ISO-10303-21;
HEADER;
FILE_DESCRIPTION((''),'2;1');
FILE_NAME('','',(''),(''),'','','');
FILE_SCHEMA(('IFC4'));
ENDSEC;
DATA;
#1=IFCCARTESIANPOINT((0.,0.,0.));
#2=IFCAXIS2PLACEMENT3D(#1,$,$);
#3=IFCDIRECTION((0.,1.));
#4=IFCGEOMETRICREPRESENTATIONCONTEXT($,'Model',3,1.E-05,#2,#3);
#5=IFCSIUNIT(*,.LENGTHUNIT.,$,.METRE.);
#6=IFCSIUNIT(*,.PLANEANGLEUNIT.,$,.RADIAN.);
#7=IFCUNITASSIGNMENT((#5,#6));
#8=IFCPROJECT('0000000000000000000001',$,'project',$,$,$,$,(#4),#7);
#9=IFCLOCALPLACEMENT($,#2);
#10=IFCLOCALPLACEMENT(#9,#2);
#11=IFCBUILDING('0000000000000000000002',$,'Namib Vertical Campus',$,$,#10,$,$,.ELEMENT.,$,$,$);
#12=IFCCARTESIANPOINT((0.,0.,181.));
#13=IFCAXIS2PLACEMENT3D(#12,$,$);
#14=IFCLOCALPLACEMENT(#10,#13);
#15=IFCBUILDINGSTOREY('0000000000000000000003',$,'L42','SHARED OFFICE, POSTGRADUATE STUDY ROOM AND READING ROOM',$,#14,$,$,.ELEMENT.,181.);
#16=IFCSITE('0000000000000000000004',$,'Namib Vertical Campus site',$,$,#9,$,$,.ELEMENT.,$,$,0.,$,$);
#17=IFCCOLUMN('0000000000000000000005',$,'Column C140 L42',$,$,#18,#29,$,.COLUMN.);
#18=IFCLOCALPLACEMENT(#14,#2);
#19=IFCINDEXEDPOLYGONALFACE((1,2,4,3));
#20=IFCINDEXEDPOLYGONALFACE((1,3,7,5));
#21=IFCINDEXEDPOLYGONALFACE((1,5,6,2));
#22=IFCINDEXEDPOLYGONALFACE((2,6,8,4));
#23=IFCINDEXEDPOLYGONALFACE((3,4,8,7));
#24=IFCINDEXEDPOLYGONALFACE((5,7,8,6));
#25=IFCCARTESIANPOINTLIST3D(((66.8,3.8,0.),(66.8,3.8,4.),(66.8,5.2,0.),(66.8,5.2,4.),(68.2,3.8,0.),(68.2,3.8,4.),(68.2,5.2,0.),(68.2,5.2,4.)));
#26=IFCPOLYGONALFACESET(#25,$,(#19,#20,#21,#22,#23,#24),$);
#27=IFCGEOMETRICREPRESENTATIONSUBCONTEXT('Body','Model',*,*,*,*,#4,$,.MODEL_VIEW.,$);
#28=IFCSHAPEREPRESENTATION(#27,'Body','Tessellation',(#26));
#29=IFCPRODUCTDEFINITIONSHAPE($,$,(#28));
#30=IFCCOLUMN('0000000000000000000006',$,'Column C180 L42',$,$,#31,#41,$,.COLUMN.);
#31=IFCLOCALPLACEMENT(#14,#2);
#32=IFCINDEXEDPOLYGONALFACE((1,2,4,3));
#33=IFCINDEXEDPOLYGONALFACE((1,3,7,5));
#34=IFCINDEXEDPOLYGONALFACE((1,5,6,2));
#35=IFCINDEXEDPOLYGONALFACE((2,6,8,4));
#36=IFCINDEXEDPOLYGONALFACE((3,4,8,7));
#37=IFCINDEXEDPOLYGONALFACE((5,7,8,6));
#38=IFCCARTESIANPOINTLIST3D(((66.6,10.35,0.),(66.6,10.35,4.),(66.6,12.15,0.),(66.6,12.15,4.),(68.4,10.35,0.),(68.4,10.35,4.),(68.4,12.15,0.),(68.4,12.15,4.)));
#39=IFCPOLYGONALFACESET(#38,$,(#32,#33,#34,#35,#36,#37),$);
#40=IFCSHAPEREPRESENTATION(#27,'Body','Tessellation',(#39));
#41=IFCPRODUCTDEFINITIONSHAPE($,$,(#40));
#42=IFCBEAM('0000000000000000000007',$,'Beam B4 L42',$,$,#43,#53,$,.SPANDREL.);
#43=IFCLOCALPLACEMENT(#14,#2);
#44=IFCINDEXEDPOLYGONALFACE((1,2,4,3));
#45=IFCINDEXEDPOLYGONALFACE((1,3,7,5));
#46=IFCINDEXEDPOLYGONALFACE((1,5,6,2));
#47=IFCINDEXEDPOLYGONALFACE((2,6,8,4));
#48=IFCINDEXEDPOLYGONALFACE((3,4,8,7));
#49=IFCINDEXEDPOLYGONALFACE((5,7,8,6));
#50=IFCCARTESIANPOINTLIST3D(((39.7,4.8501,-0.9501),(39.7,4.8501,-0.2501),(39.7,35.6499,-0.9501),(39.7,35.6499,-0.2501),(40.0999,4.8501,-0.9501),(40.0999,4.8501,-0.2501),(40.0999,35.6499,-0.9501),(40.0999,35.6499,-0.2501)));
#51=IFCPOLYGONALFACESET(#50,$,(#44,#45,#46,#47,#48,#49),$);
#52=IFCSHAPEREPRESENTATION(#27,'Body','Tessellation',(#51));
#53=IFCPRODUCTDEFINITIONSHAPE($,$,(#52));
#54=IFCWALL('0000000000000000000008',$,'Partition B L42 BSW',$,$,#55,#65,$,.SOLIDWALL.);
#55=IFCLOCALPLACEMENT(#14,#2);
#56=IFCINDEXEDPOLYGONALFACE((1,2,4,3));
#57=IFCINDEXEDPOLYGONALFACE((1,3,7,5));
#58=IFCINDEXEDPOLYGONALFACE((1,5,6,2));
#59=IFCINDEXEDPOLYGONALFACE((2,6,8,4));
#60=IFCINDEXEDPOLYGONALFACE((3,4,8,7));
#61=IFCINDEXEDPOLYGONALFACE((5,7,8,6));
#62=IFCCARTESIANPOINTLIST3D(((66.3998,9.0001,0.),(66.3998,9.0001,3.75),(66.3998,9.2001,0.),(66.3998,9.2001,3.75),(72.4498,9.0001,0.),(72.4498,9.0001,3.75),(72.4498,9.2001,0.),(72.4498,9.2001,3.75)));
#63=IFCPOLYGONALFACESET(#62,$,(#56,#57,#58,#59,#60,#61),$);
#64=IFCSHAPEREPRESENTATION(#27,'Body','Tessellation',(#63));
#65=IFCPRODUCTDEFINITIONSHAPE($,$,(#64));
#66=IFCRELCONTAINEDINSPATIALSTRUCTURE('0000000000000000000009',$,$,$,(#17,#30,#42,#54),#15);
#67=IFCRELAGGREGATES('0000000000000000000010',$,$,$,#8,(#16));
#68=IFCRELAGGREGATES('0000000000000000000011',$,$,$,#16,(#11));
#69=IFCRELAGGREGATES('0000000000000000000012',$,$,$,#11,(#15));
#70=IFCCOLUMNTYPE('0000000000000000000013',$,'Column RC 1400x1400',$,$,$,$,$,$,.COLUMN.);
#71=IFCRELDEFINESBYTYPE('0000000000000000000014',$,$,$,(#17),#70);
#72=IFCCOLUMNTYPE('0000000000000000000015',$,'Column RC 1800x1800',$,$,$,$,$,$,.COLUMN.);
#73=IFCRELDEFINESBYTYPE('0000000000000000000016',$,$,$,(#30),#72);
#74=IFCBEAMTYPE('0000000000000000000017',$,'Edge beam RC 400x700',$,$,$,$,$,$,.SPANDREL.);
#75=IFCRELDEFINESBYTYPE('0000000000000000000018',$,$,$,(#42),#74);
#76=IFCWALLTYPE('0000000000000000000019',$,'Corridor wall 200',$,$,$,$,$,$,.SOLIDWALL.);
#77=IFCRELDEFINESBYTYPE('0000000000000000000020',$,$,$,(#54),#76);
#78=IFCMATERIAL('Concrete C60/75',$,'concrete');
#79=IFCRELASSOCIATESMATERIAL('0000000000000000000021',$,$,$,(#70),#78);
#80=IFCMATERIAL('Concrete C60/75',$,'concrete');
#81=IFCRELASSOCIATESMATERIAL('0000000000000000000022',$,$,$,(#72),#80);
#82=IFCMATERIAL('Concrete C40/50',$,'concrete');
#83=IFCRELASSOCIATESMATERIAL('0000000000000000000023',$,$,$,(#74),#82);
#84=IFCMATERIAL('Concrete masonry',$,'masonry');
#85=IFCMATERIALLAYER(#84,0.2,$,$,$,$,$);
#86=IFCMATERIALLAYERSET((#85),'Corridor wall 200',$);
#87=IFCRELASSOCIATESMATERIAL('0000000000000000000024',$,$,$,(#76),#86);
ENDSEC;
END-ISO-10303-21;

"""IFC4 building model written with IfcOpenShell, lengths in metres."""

from ifc_helpers import new_model, si_unit, direction, frame, frame_2d, origin, origin_2d, place, context, subcontext, project, spatial, rectangle, extrude, material, layer, layer_set, material_profile, profile_set, type_object, element, save


model = new_model("IFC4")

# Units and contexts
model_context = context("Model", 3, precision=1e-05, world=origin(), true_north=direction((0.0, 1.0)))
body_context = subcontext(model_context, "Body", "Model", "MODEL_VIEW")
ifc_project = project(units=[si_unit("LENGTHUNIT", "METRE"), si_unit("PLANEANGLEUNIT", "RADIAN")], contexts=[model_context])

# Site, building, storey
site_placement = place(None, origin())
site = spatial("IfcSite", under=ifc_project, at=site_placement, Name="Namib Vertical Campus site", CompositionType="ELEMENT", RefElevation=0.0)
building_placement = place(site_placement, origin())
building = spatial("IfcBuilding", under=site, at=building_placement, Name="Namib Vertical Campus", CompositionType="ELEMENT")
storey_placement = place(building_placement, frame((0.0, 0.0, 181.0)))
storey = spatial("IfcBuildingStorey", under=building, at=storey_placement, Name="L42", Description="SHARED OFFICE, POSTGRADUATE STUDY ROOM AND READING ROOM", CompositionType="ELEMENT", Elevation=181.0)

# Columns
ifc_material_1 = material(Name="Concrete C60/75", Category="concrete")
ifc_material_profile_1 = material_profile(ifc_material_1, rectangle(XDim=1.3999, YDim=1.3999, at=origin_2d()))
ifc_profile_set_1 = profile_set([ifc_material_profile_1], Name="Concrete C60/75")
column_type_1 = type_object("IfcColumnType", Name="Column RC 1400x1400", PredefinedType="COLUMN", material=ifc_profile_set_1)
column_1_placement = place(storey_placement, frame((67.5, 4.5, 0.0), z_axis=(0.0, 0.0, 1.0), x_axis=(1.0, 0.0, 0.0)))
element("IfcColumn", 1, at=column_1_placement, inside=storey, type_object=column_type_1, Name="Column C140 L42", PredefinedType="COLUMN", context=body_context, shape_type="SweptSolid", body=[
    extrude(rectangle(XDim=1.3999, YDim=1.3999, at=origin_2d()), origin(), (0.0, 0.0, 1.0), 4.0),
])
ifc_material_2 = material(Name="Concrete C60/75", Category="concrete")
ifc_material_profile_2 = material_profile(ifc_material_2, rectangle(XDim=1.8, YDim=1.8, at=origin_2d()))
ifc_profile_set_2 = profile_set([ifc_material_profile_2], Name="Concrete C60/75")
column_type_2 = type_object("IfcColumnType", Name="Column RC 1800x1800", PredefinedType="COLUMN", material=ifc_profile_set_2)
column_2_placement = place(storey_placement, frame((67.5, 11.25, 0.0), z_axis=(0.0, 0.0, 1.0), x_axis=(1.0, 0.0, 0.0)))
element("IfcColumn", 2, at=column_2_placement, inside=storey, type_object=column_type_2, Name="Column C180 L42", PredefinedType="COLUMN", context=body_context, shape_type="SweptSolid", body=[
    extrude(rectangle(XDim=1.8, YDim=1.8, at=origin_2d()), origin(), (0.0, 0.0, 1.0), 4.0),
])

# Beam
ifc_material_3 = material(Name="Concrete C40/50", Category="concrete")
ifc_material_profile_3 = material_profile(ifc_material_3, rectangle(XDim=0.3999, YDim=0.7, at=origin_2d()))
ifc_profile_set_3 = profile_set([ifc_material_profile_3], Name="Concrete C40/50")
beam_type = type_object("IfcBeamType", Name="Edge beam RC 400x700", PredefinedType="SPANDREL", material=ifc_profile_set_3)
beam_placement = place(storey_placement, frame((39.8999, 4.8501, -0.6001), z_axis=(0.0, 1.0, 0.0), x_axis=(-1.0, 0.0, 0.0)))
element("IfcBeam", 3, at=beam_placement, inside=storey, type_object=beam_type, Name="Beam B4 L42", PredefinedType="SPANDREL", context=body_context, shape_type="SweptSolid", body=[
    extrude(rectangle(XDim=0.3999, YDim=0.7, at=origin_2d()), origin(), (0.0, 0.0, 1.0), 30.7998),
])

# Wall
ifc_material_4 = material(Name="Concrete masonry", Category="masonry")
ifc_layer_1 = layer(ifc_material_4, 0.2)
ifc_layer_set_1 = layer_set([ifc_layer_1], Name="Corridor wall 200")
wall_type_1 = type_object("IfcWallType", Name="Corridor wall 200", PredefinedType="SOLIDWALL", material=ifc_layer_set_1)
wall_1_placement = place(storey_placement, frame((66.3999, 9.1001, 0.0), z_axis=(0.0, 0.0, 1.0), x_axis=(1.0, 0.0, 0.0)))
element("IfcWall", 4, at=wall_1_placement, inside=storey, type_object=wall_type_1, Name="Partition B L42 BSW", PredefinedType="SOLIDWALL", context=body_context, shape_type="SweptSolid", body=[
    extrude(rectangle(XDim=6.05, YDim=0.2, at=frame_2d((3.0249, 0.0))), origin(), (0.0, 0.0, 1.0), 3.75),
])

save(model, "model.ifc")
